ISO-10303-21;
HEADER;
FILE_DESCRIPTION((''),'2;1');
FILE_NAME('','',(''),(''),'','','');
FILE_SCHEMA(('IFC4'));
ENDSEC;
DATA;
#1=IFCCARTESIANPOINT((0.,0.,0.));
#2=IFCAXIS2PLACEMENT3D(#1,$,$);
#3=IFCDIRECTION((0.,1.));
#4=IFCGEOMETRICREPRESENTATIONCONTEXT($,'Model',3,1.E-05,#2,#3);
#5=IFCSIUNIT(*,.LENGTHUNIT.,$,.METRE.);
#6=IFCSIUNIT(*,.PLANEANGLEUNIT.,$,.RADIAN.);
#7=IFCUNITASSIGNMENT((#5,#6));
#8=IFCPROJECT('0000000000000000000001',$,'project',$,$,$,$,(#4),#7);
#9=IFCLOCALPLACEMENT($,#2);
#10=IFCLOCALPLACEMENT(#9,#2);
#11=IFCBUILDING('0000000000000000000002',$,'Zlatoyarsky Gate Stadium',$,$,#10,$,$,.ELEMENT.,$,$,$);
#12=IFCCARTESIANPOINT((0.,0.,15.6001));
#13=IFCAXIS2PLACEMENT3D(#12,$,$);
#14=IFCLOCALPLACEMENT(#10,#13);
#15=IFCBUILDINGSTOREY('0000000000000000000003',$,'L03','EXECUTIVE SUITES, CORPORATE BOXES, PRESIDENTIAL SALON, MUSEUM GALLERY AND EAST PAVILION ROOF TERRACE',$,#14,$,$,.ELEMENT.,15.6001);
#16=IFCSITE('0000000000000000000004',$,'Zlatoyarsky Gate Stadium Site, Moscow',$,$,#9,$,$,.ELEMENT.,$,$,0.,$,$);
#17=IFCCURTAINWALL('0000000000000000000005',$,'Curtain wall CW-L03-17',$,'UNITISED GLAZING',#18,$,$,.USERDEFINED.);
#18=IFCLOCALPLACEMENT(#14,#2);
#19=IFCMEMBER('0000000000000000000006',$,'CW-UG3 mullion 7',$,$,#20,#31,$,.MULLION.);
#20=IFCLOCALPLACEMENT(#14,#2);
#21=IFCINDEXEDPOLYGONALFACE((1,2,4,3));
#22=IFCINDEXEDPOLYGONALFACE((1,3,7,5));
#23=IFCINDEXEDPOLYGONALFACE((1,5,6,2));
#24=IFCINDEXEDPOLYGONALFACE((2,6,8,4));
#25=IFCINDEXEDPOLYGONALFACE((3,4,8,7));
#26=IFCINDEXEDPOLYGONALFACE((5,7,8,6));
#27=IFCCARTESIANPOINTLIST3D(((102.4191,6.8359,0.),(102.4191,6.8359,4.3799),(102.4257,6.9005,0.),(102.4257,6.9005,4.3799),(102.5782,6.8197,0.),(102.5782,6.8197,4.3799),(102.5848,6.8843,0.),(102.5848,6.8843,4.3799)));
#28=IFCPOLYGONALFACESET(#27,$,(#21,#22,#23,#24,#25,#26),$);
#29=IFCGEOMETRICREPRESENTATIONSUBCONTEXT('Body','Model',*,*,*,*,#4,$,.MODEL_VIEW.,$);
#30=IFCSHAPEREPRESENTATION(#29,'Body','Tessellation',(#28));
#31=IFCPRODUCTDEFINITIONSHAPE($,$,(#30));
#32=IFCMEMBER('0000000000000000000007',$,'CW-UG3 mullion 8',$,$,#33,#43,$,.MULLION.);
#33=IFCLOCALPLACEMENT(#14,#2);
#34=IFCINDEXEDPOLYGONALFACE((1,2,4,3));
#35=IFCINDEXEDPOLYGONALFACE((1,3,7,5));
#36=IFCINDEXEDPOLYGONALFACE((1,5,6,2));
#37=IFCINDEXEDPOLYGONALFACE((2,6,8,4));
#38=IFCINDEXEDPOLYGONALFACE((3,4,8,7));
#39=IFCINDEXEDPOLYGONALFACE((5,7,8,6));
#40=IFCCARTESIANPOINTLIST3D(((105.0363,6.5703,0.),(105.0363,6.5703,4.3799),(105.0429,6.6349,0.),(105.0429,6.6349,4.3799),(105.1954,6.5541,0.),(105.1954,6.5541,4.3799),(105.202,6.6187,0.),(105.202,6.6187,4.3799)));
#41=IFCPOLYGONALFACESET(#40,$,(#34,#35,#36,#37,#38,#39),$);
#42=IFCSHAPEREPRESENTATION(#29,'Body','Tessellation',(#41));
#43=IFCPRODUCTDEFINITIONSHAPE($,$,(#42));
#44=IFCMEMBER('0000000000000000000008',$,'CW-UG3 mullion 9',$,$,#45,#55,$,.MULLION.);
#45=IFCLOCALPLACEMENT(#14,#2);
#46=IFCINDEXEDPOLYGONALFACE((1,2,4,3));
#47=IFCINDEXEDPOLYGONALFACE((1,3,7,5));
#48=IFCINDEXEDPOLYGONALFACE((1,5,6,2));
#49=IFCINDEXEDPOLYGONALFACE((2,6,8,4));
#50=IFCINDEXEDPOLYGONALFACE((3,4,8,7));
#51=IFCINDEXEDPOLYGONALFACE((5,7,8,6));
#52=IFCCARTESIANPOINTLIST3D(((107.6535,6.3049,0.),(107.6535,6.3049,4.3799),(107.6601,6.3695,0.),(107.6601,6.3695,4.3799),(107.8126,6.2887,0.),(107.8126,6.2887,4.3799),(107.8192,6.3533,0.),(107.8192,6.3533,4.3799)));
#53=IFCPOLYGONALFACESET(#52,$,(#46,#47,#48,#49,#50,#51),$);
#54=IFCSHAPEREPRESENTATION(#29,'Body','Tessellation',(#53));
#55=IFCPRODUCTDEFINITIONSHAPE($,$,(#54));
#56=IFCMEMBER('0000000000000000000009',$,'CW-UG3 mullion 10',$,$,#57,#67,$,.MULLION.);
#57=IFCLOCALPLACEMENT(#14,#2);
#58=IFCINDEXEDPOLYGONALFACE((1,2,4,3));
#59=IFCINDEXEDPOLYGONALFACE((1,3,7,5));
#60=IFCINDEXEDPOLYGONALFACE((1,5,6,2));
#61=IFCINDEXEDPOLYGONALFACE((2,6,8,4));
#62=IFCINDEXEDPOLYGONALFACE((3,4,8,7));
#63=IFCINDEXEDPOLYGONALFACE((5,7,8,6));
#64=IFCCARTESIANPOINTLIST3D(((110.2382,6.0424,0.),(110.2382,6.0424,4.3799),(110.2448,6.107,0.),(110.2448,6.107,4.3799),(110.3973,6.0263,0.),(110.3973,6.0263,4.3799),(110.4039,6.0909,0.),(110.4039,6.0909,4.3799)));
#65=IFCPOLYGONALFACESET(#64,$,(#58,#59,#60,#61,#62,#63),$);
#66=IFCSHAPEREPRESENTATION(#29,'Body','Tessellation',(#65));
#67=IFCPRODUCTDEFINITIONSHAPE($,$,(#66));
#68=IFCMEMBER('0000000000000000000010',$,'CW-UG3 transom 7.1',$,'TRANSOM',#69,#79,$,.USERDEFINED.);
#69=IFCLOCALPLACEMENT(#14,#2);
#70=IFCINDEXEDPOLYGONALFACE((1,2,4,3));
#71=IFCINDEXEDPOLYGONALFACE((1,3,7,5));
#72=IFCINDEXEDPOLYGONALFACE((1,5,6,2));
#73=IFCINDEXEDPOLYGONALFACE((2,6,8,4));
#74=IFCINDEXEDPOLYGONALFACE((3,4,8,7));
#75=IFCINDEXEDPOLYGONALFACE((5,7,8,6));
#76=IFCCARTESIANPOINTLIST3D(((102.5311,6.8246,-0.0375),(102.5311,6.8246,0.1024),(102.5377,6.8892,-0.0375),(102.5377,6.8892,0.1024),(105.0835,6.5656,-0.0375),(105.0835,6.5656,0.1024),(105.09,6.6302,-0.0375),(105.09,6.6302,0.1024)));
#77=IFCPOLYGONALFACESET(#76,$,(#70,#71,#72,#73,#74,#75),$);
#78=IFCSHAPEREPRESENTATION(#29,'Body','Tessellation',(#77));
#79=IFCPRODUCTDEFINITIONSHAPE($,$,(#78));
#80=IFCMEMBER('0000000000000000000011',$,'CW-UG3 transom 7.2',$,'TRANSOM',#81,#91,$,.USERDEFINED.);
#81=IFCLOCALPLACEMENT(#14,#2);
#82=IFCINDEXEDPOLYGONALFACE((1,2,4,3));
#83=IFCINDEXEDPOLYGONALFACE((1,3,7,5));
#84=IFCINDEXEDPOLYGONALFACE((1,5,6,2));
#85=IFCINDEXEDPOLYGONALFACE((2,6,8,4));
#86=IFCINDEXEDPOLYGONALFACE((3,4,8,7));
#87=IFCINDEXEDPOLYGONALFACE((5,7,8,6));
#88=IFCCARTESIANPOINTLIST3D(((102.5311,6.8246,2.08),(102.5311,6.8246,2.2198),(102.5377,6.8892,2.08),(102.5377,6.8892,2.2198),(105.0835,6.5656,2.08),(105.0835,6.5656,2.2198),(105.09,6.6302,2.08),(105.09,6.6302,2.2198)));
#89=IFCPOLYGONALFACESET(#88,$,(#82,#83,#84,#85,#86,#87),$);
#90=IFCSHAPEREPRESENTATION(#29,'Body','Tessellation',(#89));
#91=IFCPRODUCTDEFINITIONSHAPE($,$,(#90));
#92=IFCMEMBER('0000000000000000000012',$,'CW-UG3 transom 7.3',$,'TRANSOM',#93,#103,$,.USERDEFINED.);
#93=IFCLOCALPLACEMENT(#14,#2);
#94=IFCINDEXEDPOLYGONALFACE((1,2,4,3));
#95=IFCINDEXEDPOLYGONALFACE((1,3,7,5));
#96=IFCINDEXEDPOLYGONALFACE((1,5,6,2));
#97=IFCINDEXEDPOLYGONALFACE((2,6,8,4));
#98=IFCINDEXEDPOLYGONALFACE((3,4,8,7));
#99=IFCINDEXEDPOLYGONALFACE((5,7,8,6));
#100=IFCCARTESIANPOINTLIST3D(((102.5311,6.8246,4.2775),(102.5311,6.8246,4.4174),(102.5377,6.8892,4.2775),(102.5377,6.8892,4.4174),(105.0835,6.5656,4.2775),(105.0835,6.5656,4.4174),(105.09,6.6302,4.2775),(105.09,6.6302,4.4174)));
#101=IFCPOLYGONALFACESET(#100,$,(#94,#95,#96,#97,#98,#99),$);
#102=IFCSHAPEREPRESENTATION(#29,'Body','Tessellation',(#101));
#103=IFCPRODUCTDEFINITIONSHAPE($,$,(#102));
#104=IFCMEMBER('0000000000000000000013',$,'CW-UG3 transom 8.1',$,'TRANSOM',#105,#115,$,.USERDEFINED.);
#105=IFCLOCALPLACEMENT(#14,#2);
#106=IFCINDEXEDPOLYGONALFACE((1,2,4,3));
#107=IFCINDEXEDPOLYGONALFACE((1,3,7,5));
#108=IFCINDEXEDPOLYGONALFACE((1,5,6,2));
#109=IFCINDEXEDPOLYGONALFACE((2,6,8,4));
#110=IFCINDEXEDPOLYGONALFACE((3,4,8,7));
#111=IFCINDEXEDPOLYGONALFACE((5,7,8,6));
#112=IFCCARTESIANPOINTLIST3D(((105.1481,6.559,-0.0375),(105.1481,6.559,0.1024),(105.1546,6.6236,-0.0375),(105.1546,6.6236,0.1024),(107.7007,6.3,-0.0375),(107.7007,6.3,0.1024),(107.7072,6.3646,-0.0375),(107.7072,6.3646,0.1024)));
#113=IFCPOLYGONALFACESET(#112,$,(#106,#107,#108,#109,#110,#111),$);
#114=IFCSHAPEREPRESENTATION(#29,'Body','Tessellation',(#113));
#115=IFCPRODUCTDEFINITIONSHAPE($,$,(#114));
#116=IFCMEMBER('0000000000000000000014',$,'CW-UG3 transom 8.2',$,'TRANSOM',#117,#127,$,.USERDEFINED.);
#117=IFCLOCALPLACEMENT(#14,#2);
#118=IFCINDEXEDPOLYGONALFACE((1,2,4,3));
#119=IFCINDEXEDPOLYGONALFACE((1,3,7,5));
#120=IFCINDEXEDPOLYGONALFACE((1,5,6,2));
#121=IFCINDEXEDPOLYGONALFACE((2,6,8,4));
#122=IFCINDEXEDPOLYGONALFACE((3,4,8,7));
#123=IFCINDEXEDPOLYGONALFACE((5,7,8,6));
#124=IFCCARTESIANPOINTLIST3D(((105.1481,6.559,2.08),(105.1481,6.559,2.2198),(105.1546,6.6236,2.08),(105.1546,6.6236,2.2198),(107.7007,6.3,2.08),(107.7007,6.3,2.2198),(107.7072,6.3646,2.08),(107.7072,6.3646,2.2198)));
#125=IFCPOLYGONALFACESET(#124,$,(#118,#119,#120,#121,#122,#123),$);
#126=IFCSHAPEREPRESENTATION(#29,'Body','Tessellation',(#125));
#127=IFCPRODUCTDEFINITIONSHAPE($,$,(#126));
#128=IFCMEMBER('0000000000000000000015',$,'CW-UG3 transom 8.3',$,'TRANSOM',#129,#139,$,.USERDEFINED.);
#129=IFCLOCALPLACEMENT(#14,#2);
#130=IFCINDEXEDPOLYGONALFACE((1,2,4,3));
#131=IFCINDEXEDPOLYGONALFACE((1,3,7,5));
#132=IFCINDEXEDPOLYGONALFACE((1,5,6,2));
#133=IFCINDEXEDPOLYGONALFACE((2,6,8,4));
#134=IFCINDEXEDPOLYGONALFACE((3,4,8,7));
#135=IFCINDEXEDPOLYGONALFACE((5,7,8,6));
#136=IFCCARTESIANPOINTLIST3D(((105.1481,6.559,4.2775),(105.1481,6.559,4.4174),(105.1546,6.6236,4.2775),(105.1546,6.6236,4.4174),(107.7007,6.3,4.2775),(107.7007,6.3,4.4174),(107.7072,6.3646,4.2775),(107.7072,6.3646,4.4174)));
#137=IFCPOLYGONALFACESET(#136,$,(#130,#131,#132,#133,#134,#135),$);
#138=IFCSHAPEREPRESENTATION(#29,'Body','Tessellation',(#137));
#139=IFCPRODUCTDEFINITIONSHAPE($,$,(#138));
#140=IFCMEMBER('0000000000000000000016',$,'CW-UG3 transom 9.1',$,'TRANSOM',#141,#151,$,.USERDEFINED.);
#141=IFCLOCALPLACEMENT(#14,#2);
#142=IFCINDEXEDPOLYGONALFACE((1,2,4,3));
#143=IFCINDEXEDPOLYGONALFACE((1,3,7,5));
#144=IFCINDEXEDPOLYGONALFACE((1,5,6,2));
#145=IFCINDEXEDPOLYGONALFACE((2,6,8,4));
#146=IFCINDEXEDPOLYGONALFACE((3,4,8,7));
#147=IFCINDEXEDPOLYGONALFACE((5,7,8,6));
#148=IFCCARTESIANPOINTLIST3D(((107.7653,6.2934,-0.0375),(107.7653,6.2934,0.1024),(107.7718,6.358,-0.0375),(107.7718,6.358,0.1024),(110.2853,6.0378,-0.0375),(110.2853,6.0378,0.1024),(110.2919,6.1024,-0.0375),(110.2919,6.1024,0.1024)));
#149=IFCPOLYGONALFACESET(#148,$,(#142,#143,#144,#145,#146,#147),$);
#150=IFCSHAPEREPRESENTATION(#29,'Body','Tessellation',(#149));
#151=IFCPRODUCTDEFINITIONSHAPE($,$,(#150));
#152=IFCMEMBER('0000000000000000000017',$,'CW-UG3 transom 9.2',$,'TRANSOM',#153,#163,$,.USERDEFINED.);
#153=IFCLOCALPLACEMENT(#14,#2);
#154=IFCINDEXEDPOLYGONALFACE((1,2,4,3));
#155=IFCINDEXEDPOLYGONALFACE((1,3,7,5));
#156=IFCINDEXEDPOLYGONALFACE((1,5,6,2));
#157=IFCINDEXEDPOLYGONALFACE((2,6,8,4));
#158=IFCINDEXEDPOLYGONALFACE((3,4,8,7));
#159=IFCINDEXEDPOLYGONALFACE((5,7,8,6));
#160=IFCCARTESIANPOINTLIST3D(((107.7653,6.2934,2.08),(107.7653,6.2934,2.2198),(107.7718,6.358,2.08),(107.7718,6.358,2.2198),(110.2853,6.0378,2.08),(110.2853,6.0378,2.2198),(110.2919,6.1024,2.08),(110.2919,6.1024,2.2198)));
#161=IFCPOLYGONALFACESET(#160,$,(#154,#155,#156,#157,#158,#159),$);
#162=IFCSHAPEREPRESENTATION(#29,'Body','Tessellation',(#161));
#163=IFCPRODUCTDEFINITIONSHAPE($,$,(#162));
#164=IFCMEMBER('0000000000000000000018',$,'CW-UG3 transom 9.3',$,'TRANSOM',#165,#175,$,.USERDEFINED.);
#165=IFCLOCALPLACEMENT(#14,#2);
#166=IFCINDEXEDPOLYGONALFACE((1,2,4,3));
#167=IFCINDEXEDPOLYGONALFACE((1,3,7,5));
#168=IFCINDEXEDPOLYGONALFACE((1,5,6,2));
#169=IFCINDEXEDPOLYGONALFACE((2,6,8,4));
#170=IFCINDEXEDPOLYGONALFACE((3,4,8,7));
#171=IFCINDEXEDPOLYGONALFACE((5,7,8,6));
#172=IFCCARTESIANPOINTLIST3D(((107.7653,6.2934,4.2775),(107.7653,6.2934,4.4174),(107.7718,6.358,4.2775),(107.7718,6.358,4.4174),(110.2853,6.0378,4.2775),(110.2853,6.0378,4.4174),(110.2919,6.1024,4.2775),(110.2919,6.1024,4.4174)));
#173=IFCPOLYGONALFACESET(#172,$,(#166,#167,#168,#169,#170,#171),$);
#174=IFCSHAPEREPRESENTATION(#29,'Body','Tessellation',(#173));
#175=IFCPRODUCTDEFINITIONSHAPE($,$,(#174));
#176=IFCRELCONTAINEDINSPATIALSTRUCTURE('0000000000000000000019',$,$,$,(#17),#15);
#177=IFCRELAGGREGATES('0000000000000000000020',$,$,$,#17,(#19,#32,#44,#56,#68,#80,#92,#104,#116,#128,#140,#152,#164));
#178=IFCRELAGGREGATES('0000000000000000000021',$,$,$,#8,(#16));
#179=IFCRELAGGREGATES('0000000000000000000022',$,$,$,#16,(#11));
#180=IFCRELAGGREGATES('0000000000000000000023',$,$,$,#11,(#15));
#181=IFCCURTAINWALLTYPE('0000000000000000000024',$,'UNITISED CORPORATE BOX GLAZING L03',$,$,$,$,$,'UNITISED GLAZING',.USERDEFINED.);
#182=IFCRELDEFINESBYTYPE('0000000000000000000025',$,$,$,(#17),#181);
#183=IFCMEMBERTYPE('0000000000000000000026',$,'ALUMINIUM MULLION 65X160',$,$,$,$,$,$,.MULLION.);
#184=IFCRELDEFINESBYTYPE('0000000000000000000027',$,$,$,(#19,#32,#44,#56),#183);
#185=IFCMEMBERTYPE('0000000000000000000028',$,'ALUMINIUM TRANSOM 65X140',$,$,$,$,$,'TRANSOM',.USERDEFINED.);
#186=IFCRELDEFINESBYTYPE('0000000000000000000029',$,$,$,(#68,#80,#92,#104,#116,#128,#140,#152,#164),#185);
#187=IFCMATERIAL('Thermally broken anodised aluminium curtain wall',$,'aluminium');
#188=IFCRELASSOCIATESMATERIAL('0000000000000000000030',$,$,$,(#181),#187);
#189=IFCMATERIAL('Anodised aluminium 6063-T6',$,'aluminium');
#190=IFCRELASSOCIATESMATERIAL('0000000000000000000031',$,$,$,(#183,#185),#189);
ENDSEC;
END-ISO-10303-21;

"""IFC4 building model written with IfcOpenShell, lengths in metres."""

from ifc_helpers import new_model, si_unit, direction, frame, origin, origin_2d, place, context, subcontext, project, spatial, rectangle, extrude, material, material_profile, profile_set, type_object, element, aggregate, save


model = new_model("IFC4")

# Units and contexts
model_context = context("Model", 3, precision=1e-05, world=origin(), true_north=direction((0.0, 1.0)))
body_context = subcontext(model_context, "Body", "Model", "MODEL_VIEW")
ifc_project = project(units=[si_unit("LENGTHUNIT", "METRE"), si_unit("PLANEANGLEUNIT", "RADIAN")], contexts=[model_context])

# Site, building, storey
site_placement = place(None, origin())
site = spatial("IfcSite", under=ifc_project, at=site_placement, Name="Zlatoyarsky Gate Stadium Site, Moscow", CompositionType="ELEMENT", RefElevation=0.0)
building_placement = place(site_placement, origin())
building = spatial("IfcBuilding", under=site, at=building_placement, Name="Zlatoyarsky Gate Stadium", CompositionType="ELEMENT")
storey_placement = place(building_placement, frame((0.0, 0.0, 15.6001)))
storey = spatial("IfcBuildingStorey", under=building, at=storey_placement, Name="L03", Description="EXECUTIVE SUITES, CORPORATE BOXES, PRESIDENTIAL SALON, MUSEUM GALLERY AND EAST PAVILION ROOF TERRACE", CompositionType="ELEMENT", Elevation=15.6001)

# Curtain wall, members
ifc_material_1 = material(Name="Thermally broken anodised aluminium curtain wall", Category="aluminium")
curtain_wall_type = type_object("IfcCurtainWallType", Name="UNITISED CORPORATE BOX GLAZING L03", ElementType="UNITISED GLAZING", PredefinedType="USERDEFINED", material=ifc_material_1)
curtain_wall_placement = place(storey_placement, origin())
curtain_wall = element("IfcCurtainWall", 1, at=curtain_wall_placement, inside=storey, type_object=curtain_wall_type, Name="Curtain wall CW-L03-17", ObjectType="UNITISED GLAZING", PredefinedType="USERDEFINED")
ifc_material_2 = material(Name="Anodised aluminium 6063-T6", Category="aluminium")
ifc_material_profile_1 = material_profile(ifc_material_2, rectangle(XDim=0.0649, YDim=0.1599, at=origin_2d()), Name="ALU 65X160")
ifc_profile_set_1 = profile_set([ifc_material_profile_1], Name="Anodised aluminium 6063-T6")
member_type_1 = type_object("IfcMemberType", Name="ALUMINIUM MULLION 65X160", PredefinedType="MULLION", material=ifc_profile_set_1)
member_1_placement = place(storey_placement, frame((102.502, 6.8601, 0.0), z_axis=(0.0, 0.0, 1.0), x_axis=(0.100968, 0.99489, 0.0)))
member_1 = element("IfcMember", 2, at=member_1_placement, type_object=member_type_1, Name="CW-UG3 mullion 7", PredefinedType="MULLION", context=body_context, shape_type="SweptSolid", body=[
    extrude(rectangle(XDim=0.0649, YDim=0.1599, at=origin_2d()), origin(), (0.0, 0.0, 1.0), 4.3799),
])
member_2_placement = place(storey_placement, frame((105.1191, 6.5945, 0.0), z_axis=(0.0, 0.0, 1.0), x_axis=(0.100968, 0.99489, 0.0)))
member_2 = element("IfcMember", 3, at=member_2_placement, type_object=member_type_1, Name="CW-UG3 mullion 8", PredefinedType="MULLION", context=body_context, shape_type="SweptSolid", body=[
    extrude(rectangle(XDim=0.0649, YDim=0.1599, at=origin_2d()), origin(), (0.0, 0.0, 1.0), 4.3799),
])
member_3_placement = place(storey_placement, frame((107.7363, 6.3291, 0.0), z_axis=(0.0, 0.0, 1.0), x_axis=(0.100968, 0.99489, 0.0)))
member_3 = element("IfcMember", 4, at=member_3_placement, type_object=member_type_1, Name="CW-UG3 mullion 9", PredefinedType="MULLION", context=body_context, shape_type="SweptSolid", body=[
    extrude(rectangle(XDim=0.0649, YDim=0.1599, at=origin_2d()), origin(), (0.0, 0.0, 1.0), 4.3799),
])
member_4_placement = place(storey_placement, frame((110.321, 6.0667, 0.0), z_axis=(0.0, 0.0, 1.0), x_axis=(0.100968, 0.99489, 0.0)))
member_4 = element("IfcMember", 5, at=member_4_placement, type_object=member_type_1, Name="CW-UG3 mullion 10", PredefinedType="MULLION", context=body_context, shape_type="SweptSolid", body=[
    extrude(rectangle(XDim=0.0649, YDim=0.1599, at=origin_2d()), origin(), (0.0, 0.0, 1.0), 4.3799),
])
ifc_material_profile_2 = material_profile(ifc_material_2, rectangle(XDim=0.0649, YDim=0.1399, at=origin_2d()), Name="ALU 65X140")
ifc_profile_set_2 = profile_set([ifc_material_profile_2], Name="Anodised aluminium 6063-T6")
member_type_2 = type_object("IfcMemberType", Name="ALUMINIUM TRANSOM 65X140", ElementType="TRANSOM", PredefinedType="USERDEFINED", material=ifc_profile_set_2)
member_5_placement = place(storey_placement, frame((102.5344, 6.8569, 0.0325), z_axis=(0.994889, -0.100974, 0.0), x_axis=(0.100974, 0.994889, 0.0)))
member_5 = element("IfcMember", 6, at=member_5_placement, type_object=member_type_2, Name="CW-UG3 transom 7.1", ObjectType="TRANSOM", PredefinedType="USERDEFINED", context=body_context, shape_type="SweptSolid", body=[
    extrude(rectangle(XDim=0.0649, YDim=0.1399, at=origin_2d()), origin(), (0.0, 0.0, 1.0), 2.5654),
])
member_6_placement = place(storey_placement, frame((102.5344, 6.8569, 2.1499), z_axis=(0.994889, -0.100974, 0.0), x_axis=(0.100974, 0.994889, 0.0)))
member_6 = element("IfcMember", 7, at=member_6_placement, type_object=member_type_2, Name="CW-UG3 transom 7.2", ObjectType="TRANSOM", PredefinedType="USERDEFINED", context=body_context, shape_type="SweptSolid", body=[
    extrude(rectangle(XDim=0.0649, YDim=0.1399, at=origin_2d()), origin(), (0.0, 0.0, 1.0), 2.5654),
])
member_7_placement = place(storey_placement, frame((102.5344, 6.8569, 4.3474), z_axis=(0.994889, -0.100974, 0.0), x_axis=(0.100974, 0.994889, 0.0)))
member_7 = element("IfcMember", 8, at=member_7_placement, type_object=member_type_2, Name="CW-UG3 transom 7.3", ObjectType="TRANSOM", PredefinedType="USERDEFINED", context=body_context, shape_type="SweptSolid", body=[
    extrude(rectangle(XDim=0.0649, YDim=0.1399, at=origin_2d()), origin(), (0.0, 0.0, 1.0), 2.5654),
])
member_8_placement = place(storey_placement, frame((105.1514, 6.5913, 0.0325), z_axis=(0.99489, -0.100964, 0.0), x_axis=(0.100964, 0.99489, 0.0)))
member_8 = element("IfcMember", 9, at=member_8_placement, type_object=member_type_2, Name="CW-UG3 transom 8.1", ObjectType="TRANSOM", PredefinedType="USERDEFINED", context=body_context, shape_type="SweptSolid", body=[
    extrude(rectangle(XDim=0.0649, YDim=0.1399, at=origin_2d()), origin(), (0.0, 0.0, 1.0), 2.5657),
])
member_9_placement = place(storey_placement, frame((105.1514, 6.5913, 2.1499), z_axis=(0.99489, -0.100964, 0.0), x_axis=(0.100964, 0.99489, 0.0)))
member_9 = element("IfcMember", 10, at=member_9_placement, type_object=member_type_2, Name="CW-UG3 transom 8.2", ObjectType="TRANSOM", PredefinedType="USERDEFINED", context=body_context, shape_type="SweptSolid", body=[
    extrude(rectangle(XDim=0.0649, YDim=0.1399, at=origin_2d()), origin(), (0.0, 0.0, 1.0), 2.5657),
])
member_10_placement = place(storey_placement, frame((105.1514, 6.5913, 4.3474), z_axis=(0.99489, -0.100964, 0.0), x_axis=(0.100964, 0.99489, 0.0)))
member_10 = element("IfcMember", 11, at=member_10_placement, type_object=member_type_2, Name="CW-UG3 transom 8.3", ObjectType="TRANSOM", PredefinedType="USERDEFINED", context=body_context, shape_type="SweptSolid", body=[
    extrude(rectangle(XDim=0.0649, YDim=0.1399, at=origin_2d()), origin(), (0.0, 0.0, 1.0), 2.5657),
])
member_11_placement = place(storey_placement, frame((107.7686, 6.3257, 0.0325), z_axis=(0.994895, -0.100916, 0.0), x_axis=(0.100916, 0.994895, 0.0)))
member_11 = element("IfcMember", 12, at=member_11_placement, type_object=member_type_2, Name="CW-UG3 transom 9.1", ObjectType="TRANSOM", PredefinedType="USERDEFINED", context=body_context, shape_type="SweptSolid", body=[
    extrude(rectangle(XDim=0.0649, YDim=0.1399, at=origin_2d()), origin(), (0.0, 0.0, 1.0), 2.533),
])
member_12_placement = place(storey_placement, frame((107.7686, 6.3257, 2.1499), z_axis=(0.994895, -0.100916, 0.0), x_axis=(0.100916, 0.994895, 0.0)))
member_12 = element("IfcMember", 13, at=member_12_placement, type_object=member_type_2, Name="CW-UG3 transom 9.2", ObjectType="TRANSOM", PredefinedType="USERDEFINED", context=body_context, shape_type="SweptSolid", body=[
    extrude(rectangle(XDim=0.0649, YDim=0.1399, at=origin_2d()), origin(), (0.0, 0.0, 1.0), 2.533),
])
member_13_placement = place(storey_placement, frame((107.7686, 6.3257, 4.3474), z_axis=(0.994895, -0.100916, 0.0), x_axis=(0.100916, 0.994895, 0.0)))
member_13 = element("IfcMember", 14, at=member_13_placement, type_object=member_type_2, Name="CW-UG3 transom 9.3", ObjectType="TRANSOM", PredefinedType="USERDEFINED", context=body_context, shape_type="SweptSolid", body=[
    extrude(rectangle(XDim=0.0649, YDim=0.1399, at=origin_2d()), origin(), (0.0, 0.0, 1.0), 2.533),
])

aggregate(curtain_wall, [member_1, member_2, member_3, member_4, member_5, member_6, member_7, member_8, member_9, member_10, member_11, member_12, member_13])

save(model, "model.ifc")
